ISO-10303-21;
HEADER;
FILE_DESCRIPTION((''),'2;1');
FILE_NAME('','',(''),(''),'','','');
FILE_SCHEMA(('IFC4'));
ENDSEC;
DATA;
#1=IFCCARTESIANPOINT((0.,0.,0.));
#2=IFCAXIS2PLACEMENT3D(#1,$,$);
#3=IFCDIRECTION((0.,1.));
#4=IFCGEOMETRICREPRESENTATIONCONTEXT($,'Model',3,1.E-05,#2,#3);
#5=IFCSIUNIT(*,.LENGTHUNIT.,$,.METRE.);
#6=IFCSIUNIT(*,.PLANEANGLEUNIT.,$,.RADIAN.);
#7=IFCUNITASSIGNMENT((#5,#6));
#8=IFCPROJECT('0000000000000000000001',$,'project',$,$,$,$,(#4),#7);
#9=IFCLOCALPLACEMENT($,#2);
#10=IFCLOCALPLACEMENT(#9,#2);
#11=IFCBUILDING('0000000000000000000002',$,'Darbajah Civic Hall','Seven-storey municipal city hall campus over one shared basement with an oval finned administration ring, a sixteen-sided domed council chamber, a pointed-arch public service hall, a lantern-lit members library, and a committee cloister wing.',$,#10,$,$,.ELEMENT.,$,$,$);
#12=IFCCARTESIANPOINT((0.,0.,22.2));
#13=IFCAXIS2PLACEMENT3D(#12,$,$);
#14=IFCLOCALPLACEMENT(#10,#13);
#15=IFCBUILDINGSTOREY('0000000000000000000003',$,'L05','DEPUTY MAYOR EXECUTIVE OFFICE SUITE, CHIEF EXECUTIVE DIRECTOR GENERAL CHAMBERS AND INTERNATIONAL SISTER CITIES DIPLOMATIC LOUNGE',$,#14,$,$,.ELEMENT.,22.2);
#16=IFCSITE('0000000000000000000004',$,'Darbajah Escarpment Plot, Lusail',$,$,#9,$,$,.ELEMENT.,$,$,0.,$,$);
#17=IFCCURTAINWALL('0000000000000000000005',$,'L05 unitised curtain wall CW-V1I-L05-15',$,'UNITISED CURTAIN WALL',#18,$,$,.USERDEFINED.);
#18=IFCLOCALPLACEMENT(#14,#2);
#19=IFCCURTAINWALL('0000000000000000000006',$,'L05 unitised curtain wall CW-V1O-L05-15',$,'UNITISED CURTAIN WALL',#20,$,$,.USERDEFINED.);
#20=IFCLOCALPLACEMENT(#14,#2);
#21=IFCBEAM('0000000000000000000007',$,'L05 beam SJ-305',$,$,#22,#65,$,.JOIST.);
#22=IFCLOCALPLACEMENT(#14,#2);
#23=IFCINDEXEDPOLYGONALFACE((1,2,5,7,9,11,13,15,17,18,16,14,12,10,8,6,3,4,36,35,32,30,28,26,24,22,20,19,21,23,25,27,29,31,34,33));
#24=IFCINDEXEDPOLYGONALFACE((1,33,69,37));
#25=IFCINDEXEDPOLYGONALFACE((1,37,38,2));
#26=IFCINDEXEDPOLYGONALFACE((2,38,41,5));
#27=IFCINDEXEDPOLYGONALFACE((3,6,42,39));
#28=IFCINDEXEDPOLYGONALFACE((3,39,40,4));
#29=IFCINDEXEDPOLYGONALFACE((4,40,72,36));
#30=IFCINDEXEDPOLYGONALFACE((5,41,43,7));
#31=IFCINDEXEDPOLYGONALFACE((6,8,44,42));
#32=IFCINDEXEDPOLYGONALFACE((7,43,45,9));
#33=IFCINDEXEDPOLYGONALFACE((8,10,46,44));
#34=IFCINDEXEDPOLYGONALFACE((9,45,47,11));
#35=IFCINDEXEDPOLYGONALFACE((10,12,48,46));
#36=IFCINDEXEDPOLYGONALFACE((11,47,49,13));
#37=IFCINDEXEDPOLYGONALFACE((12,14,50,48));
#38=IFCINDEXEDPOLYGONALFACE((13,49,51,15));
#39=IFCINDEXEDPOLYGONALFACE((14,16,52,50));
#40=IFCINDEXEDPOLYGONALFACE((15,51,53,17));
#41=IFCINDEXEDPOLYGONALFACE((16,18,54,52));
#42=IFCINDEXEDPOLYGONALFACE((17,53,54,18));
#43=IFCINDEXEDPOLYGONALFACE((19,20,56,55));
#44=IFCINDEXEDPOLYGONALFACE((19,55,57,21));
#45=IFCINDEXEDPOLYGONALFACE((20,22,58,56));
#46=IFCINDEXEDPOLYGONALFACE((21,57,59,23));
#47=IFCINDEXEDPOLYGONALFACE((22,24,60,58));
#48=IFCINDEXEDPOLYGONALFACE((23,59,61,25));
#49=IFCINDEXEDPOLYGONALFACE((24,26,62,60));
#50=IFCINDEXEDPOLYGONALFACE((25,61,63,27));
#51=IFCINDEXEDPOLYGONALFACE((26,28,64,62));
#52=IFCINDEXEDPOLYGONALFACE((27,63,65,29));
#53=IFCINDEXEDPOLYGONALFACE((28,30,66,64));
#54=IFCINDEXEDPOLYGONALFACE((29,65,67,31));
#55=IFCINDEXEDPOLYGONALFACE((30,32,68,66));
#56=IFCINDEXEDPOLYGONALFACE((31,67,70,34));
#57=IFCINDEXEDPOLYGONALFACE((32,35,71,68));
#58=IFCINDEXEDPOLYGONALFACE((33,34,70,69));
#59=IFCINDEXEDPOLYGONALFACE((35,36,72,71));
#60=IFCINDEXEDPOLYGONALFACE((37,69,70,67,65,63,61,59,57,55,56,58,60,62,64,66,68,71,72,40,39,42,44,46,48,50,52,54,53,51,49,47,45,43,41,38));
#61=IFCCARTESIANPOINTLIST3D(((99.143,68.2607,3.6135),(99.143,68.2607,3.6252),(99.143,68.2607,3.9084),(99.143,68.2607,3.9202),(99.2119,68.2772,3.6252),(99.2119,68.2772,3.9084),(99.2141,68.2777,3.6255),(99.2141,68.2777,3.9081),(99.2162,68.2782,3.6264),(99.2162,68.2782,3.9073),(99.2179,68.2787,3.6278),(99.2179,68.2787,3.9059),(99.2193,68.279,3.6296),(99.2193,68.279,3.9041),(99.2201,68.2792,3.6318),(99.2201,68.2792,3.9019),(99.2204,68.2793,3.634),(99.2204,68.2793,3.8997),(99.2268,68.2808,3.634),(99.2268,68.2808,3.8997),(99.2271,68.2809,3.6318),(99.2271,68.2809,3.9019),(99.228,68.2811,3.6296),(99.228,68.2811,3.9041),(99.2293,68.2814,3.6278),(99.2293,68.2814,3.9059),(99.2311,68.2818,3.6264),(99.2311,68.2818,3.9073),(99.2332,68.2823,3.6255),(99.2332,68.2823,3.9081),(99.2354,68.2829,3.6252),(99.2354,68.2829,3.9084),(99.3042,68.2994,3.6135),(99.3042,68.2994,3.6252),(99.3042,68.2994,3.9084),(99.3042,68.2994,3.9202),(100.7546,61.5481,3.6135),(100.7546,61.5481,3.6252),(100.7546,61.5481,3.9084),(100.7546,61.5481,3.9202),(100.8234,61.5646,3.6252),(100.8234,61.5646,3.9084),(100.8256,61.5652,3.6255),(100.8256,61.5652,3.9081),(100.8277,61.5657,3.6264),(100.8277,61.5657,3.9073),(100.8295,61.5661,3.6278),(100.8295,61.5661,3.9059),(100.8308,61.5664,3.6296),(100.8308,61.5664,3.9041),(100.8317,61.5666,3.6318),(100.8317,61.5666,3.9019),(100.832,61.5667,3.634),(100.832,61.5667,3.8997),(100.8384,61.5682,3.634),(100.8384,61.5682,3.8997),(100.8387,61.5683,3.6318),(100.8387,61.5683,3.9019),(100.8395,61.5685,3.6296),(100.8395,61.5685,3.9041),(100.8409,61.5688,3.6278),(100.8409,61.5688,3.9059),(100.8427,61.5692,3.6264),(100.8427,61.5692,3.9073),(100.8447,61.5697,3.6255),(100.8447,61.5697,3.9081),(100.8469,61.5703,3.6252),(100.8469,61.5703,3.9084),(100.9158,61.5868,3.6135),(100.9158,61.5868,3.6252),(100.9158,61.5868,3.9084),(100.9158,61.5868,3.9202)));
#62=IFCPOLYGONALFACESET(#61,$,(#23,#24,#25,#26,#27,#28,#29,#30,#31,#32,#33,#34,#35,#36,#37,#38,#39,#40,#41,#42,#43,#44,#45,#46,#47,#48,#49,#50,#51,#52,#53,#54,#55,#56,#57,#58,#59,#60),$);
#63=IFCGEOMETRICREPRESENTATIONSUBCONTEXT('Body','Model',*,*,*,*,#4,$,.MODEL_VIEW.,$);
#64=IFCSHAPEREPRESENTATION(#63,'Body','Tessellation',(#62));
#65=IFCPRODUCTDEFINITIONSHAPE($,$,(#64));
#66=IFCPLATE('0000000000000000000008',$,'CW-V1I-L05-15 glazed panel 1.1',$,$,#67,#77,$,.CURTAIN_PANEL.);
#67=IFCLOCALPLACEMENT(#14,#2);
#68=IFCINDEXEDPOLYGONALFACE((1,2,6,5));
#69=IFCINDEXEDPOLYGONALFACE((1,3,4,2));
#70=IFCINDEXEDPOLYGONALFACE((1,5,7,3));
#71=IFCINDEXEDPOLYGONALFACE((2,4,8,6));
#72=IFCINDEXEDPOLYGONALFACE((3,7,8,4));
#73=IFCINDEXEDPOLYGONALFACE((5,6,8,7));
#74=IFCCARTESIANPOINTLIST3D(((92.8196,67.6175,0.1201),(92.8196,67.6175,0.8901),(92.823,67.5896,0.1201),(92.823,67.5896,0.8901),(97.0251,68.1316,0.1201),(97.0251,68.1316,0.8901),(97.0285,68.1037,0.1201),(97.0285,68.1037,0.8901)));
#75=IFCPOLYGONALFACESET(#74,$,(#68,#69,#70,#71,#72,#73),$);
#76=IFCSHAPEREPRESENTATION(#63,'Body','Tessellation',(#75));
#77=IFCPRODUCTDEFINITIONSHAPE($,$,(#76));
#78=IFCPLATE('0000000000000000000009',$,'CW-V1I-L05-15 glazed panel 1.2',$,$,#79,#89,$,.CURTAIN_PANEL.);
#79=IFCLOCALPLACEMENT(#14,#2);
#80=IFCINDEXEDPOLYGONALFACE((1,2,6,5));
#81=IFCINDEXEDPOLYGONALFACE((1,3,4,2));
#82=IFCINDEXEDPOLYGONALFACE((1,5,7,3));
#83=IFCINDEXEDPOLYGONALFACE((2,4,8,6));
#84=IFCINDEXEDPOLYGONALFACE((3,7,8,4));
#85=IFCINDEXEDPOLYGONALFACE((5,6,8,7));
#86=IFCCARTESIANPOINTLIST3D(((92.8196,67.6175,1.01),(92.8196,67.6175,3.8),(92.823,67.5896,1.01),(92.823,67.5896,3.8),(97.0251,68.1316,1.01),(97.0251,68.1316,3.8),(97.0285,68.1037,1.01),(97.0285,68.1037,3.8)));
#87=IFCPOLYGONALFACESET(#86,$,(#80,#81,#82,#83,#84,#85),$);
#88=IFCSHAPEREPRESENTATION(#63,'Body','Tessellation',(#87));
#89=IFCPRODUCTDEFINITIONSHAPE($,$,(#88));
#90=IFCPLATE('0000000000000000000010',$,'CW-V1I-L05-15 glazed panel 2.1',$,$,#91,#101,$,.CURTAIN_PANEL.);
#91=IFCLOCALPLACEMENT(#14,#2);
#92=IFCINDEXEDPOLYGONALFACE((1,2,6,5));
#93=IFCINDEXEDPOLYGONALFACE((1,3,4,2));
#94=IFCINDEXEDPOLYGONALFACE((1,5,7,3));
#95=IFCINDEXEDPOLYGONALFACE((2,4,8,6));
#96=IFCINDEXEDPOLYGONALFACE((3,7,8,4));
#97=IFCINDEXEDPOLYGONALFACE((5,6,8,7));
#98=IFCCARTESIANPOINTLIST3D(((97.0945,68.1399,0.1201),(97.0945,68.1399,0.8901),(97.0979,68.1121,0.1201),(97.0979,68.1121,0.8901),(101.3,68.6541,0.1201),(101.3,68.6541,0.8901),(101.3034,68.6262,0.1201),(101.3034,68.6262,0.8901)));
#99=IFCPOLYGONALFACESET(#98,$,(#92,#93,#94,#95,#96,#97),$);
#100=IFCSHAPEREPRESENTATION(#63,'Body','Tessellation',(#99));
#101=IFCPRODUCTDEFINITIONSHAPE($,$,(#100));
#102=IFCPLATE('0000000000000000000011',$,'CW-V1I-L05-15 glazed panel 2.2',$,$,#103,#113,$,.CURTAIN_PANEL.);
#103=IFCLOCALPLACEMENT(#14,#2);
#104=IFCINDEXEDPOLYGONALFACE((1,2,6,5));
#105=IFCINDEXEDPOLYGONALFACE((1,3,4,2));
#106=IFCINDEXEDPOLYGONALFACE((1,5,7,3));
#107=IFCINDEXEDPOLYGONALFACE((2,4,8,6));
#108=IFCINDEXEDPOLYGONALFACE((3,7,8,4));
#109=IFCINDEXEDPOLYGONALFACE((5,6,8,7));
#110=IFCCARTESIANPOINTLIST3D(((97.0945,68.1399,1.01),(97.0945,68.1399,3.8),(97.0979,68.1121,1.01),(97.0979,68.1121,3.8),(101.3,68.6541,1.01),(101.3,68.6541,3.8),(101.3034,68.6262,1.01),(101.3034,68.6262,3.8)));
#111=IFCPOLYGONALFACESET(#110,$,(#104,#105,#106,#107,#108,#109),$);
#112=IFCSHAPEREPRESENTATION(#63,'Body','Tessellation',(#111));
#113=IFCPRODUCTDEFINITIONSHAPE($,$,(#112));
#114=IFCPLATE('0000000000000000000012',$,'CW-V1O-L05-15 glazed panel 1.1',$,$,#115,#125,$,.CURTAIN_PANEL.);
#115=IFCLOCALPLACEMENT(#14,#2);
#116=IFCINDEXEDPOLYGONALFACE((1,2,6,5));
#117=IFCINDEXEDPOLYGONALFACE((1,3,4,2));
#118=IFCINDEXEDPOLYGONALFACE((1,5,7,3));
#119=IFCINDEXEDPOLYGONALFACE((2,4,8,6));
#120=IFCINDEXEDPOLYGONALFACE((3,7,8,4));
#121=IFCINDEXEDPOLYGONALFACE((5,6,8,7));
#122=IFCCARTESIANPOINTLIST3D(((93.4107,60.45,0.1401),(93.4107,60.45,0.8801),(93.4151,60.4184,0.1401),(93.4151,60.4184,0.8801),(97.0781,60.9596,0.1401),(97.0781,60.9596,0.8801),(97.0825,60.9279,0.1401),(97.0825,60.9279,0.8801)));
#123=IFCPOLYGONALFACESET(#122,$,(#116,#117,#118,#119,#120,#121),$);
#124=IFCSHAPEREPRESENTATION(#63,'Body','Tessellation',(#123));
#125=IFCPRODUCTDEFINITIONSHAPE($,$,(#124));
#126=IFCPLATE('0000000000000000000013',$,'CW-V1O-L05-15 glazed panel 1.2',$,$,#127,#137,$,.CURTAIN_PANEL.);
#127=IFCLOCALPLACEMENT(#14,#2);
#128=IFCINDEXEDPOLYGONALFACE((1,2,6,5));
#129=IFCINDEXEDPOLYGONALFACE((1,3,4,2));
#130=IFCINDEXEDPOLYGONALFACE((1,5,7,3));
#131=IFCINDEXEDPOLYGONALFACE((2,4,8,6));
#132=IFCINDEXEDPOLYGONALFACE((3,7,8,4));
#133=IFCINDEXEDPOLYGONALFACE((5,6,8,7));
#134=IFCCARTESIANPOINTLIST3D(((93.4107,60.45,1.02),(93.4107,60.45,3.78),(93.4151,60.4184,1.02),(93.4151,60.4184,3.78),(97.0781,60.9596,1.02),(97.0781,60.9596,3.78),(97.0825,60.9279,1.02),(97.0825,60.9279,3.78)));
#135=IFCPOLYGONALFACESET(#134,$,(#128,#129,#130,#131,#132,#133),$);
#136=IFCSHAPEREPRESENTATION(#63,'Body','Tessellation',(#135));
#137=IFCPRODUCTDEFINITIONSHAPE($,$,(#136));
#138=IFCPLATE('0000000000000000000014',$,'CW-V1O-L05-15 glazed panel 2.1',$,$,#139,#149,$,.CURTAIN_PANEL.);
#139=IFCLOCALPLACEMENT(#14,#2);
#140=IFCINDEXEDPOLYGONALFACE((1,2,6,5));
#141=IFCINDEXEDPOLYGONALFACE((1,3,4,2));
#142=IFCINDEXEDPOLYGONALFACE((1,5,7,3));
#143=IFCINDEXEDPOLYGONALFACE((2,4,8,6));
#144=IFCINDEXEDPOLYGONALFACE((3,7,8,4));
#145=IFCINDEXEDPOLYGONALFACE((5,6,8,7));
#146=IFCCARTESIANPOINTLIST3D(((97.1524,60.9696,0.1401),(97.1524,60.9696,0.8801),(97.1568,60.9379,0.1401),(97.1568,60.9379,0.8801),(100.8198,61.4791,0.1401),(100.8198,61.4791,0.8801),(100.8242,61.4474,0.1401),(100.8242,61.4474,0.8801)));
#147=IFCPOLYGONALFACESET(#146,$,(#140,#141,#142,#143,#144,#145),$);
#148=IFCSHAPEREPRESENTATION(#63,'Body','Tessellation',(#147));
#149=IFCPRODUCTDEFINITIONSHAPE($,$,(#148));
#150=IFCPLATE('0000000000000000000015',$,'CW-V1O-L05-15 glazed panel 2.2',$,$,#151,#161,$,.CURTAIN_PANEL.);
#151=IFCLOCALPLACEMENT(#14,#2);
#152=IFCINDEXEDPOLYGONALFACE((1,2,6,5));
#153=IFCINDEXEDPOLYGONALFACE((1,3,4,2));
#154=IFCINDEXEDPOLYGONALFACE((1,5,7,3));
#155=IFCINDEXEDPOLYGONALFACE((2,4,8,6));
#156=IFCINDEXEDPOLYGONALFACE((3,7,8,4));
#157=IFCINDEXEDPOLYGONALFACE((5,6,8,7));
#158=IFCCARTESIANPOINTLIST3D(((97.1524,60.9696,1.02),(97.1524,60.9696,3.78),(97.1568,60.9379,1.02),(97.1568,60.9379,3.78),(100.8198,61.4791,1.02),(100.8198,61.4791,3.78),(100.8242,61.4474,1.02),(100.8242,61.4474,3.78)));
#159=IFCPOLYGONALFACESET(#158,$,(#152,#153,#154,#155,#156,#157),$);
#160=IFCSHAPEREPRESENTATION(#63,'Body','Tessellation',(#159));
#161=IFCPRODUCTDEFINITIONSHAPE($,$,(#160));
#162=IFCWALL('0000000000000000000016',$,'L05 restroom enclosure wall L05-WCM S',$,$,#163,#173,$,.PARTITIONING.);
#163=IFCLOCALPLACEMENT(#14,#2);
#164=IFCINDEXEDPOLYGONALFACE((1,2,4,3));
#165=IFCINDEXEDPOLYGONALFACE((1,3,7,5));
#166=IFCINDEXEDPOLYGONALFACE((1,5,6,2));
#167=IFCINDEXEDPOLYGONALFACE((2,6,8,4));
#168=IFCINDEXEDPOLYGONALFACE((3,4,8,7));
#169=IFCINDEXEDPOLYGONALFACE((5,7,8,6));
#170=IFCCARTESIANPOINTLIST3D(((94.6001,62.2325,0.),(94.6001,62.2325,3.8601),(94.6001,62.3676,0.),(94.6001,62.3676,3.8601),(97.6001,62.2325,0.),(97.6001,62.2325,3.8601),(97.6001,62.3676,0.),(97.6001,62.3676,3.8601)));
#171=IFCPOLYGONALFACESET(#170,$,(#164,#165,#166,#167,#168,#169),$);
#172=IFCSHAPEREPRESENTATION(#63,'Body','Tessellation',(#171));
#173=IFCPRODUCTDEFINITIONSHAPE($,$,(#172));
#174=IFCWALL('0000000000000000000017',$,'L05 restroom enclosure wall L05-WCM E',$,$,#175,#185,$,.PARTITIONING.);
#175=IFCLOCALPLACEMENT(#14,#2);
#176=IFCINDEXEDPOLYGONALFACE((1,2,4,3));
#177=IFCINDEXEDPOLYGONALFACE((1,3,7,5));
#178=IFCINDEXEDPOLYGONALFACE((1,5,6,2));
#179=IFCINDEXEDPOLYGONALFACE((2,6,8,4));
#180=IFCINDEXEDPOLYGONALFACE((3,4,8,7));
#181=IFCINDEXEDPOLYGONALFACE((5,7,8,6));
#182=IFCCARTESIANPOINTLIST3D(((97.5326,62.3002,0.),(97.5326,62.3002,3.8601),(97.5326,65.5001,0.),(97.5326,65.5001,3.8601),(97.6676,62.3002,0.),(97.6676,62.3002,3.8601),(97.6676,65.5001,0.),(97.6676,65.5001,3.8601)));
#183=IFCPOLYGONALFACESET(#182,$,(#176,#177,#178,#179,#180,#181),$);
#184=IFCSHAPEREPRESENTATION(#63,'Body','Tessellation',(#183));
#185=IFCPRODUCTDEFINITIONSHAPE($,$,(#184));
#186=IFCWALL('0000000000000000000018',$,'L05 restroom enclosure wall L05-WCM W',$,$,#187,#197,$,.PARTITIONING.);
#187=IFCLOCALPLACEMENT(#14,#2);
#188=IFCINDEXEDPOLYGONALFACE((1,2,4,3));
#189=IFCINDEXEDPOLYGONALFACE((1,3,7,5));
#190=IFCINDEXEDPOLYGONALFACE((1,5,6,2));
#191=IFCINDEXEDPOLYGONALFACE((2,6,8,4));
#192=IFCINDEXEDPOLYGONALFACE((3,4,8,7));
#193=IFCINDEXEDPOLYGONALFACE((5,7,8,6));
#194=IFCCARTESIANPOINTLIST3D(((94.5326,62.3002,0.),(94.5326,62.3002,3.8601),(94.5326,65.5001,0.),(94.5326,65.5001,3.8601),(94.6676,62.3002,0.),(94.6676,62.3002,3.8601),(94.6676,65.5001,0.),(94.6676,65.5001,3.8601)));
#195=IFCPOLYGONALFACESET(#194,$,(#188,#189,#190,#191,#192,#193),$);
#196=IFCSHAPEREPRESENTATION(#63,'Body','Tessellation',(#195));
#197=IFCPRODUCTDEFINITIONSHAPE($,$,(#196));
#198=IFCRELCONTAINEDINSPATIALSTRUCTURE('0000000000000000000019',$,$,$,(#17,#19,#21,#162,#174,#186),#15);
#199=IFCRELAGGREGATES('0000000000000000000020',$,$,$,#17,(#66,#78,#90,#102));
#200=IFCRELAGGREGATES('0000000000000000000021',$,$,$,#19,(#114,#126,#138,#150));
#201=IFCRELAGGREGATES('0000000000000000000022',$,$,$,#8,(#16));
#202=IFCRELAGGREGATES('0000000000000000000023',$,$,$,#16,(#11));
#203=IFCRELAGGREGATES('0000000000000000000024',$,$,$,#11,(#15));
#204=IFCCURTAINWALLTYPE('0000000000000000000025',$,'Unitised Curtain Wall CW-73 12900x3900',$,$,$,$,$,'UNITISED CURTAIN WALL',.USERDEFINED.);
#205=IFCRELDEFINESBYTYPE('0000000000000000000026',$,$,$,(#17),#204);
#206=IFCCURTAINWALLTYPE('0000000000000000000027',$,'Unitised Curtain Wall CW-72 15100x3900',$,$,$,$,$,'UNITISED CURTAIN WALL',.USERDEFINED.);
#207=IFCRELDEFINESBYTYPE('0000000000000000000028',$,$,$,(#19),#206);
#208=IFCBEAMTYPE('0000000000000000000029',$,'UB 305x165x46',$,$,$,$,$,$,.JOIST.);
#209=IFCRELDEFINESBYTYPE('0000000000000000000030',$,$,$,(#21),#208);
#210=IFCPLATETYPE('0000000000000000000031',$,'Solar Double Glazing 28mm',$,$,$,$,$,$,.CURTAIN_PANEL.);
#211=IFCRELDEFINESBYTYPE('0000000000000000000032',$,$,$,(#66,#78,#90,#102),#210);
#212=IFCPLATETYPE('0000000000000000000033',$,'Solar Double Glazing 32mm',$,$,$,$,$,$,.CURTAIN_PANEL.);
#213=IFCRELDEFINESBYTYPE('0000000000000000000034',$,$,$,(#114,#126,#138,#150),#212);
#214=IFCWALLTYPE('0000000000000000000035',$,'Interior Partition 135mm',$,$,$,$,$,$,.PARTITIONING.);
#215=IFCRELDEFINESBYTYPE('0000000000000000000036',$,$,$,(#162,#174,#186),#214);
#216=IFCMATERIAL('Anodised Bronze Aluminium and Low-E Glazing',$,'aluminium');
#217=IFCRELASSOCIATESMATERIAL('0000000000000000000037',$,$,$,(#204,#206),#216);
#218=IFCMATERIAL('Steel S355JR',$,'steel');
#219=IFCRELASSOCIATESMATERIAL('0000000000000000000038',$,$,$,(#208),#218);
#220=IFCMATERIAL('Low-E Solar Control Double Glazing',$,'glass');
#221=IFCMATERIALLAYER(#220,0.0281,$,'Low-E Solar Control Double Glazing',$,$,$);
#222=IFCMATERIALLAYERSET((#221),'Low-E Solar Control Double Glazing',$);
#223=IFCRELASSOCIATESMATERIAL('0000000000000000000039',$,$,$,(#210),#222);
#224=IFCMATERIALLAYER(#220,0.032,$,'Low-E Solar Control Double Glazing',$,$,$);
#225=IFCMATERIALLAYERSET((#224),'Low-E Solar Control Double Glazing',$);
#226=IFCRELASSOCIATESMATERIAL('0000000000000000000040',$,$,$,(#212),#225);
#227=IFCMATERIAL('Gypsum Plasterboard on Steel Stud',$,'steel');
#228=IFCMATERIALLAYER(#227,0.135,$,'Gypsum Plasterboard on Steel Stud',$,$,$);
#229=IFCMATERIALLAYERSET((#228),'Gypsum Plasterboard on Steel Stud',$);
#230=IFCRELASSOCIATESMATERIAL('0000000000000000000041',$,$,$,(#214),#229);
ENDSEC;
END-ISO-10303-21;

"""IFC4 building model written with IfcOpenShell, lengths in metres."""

from ifc_helpers import new_model, si_unit, direction, frame, frame_2d, origin, origin_2d, place, context, subcontext, project, spatial, rectangle, i_section, extrude, material, layer, layer_set, material_profile, profile_set, type_object, element, aggregate, save


model = new_model("IFC4")

# Units and contexts
model_context = context("Model", 3, precision=1e-05, world=origin(), true_north=direction((0.0, 1.0)))
body_context = subcontext(model_context, "Body", "Model", "MODEL_VIEW")
ifc_project = project(units=[si_unit("LENGTHUNIT", "METRE"), si_unit("PLANEANGLEUNIT", "RADIAN")], contexts=[model_context])

# Site, building, storey
site_placement = place(None, origin())
site = spatial("IfcSite", under=ifc_project, at=site_placement, Name="Darbajah Escarpment Plot, Lusail", CompositionType="ELEMENT", RefElevation=0.0)
building_placement = place(site_placement, origin())
building = spatial("IfcBuilding", under=site, at=building_placement, Name="Darbajah Civic Hall", Description="Seven-storey municipal city hall campus over one shared basement with an oval finned administration ring, a sixteen-sided domed council chamber, a pointed-arch public service hall, a lantern-lit members library, and a committee cloister wing.", CompositionType="ELEMENT")
storey_placement = place(building_placement, frame((0.0, 0.0, 22.2)))
storey = spatial("IfcBuildingStorey", under=building, at=storey_placement, Name="L05", Description="DEPUTY MAYOR EXECUTIVE OFFICE SUITE, CHIEF EXECUTIVE DIRECTOR GENERAL CHAMBERS AND INTERNATIONAL SISTER CITIES DIPLOMATIC LOUNGE", CompositionType="ELEMENT", Elevation=22.2)

# Curtain walls
ifc_material_1 = material(Name="Anodised Bronze Aluminium and Low-E Glazing", Category="aluminium")
curtain_wall_type_1 = type_object("IfcCurtainWallType", Name="Unitised Curtain Wall CW-73 12900x3900", ElementType="UNITISED CURTAIN WALL", PredefinedType="USERDEFINED", material=ifc_material_1)
curtain_wall_1_placement = place(storey_placement, origin())
curtain_wall_1 = element("IfcCurtainWall", 1, at=curtain_wall_1_placement, inside=storey, type_object=curtain_wall_type_1, Name="L05 unitised curtain wall CW-V1I-L05-15", ObjectType="UNITISED CURTAIN WALL", PredefinedType="USERDEFINED")
curtain_wall_type_2 = type_object("IfcCurtainWallType", Name="Unitised Curtain Wall CW-72 15100x3900", ElementType="UNITISED CURTAIN WALL", PredefinedType="USERDEFINED", material=ifc_material_1)
curtain_wall_2_placement = place(storey_placement, origin())
curtain_wall_2 = element("IfcCurtainWall", 2, at=curtain_wall_2_placement, inside=storey, type_object=curtain_wall_type_2, Name="L05 unitised curtain wall CW-V1O-L05-15", ObjectType="UNITISED CURTAIN WALL", PredefinedType="USERDEFINED")

# Beam
ifc_material_2 = material(Name="Steel S355JR", Category="steel")
ifc_material_profile_1 = material_profile(ifc_material_2, i_section(OverallWidth=0.1658, OverallDepth=0.3066, WebThickness=0.0066, FlangeThickness=0.0117, FilletRadius=0.0088, at=origin_2d()), Name="UB 305x165x46")
ifc_profile_set_1 = profile_set([ifc_material_profile_1], Name="Steel S355JR")
beam_type = type_object("IfcBeamType", Name="UB 305x165x46", PredefinedType="JOIST", material=ifc_profile_set_1)
beam_placement = place(storey_placement, frame((99.2236, 68.28, 3.7668), z_axis=(0.233447, -0.97237, 0.0), x_axis=(0.97237, 0.233447, 0.0)))
element("IfcBeam", 3, at=beam_placement, inside=storey, type_object=beam_type, Name="L05 beam SJ-305", PredefinedType="JOIST", context=body_context, shape_type="SweptSolid", body=[
    extrude(i_section(OverallWidth=0.1658, OverallDepth=0.3066, WebThickness=0.0066, FlangeThickness=0.0117, FilletRadius=0.0088, at=origin_2d()), origin(), (0.0, 0.0, 1.0), 6.9033),
])

# Plates
ifc_material_3 = material(Name="Low-E Solar Control Double Glazing", Category="glass")
ifc_layer_1 = layer(ifc_material_3, 0.0281, Name="Low-E Solar Control Double Glazing")
ifc_layer_set_1 = layer_set([ifc_layer_1], Name="Low-E Solar Control Double Glazing")
plate_type_1 = type_object("IfcPlateType", Name="Solar Double Glazing 28mm", PredefinedType="CURTAIN_PANEL", material=ifc_layer_set_1)
plate_1_placement = place(storey_placement, frame((94.9241, 67.8606, 0.1201), z_axis=(0.0, 0.0, 1.0), x_axis=(0.99261, 0.12135, 0.0)))
plate_1 = element("IfcPlate", 4, at=plate_1_placement, type_object=plate_type_1, Name="CW-V1I-L05-15 glazed panel 1.1", PredefinedType="CURTAIN_PANEL", context=body_context, shape_type="SweptSolid", body=[
    extrude(rectangle(XDim=4.2368, YDim=0.0281, at=origin_2d()), origin(), (0.0, 0.0, 1.0), 0.77),
])
plate_2_placement = place(storey_placement, frame((94.9241, 67.8606, 1.01), z_axis=(0.0, 0.0, 1.0), x_axis=(0.99261, 0.12135, 0.0)))
plate_2 = element("IfcPlate", 5, at=plate_2_placement, type_object=plate_type_1, Name="CW-V1I-L05-15 glazed panel 1.2", PredefinedType="CURTAIN_PANEL", context=body_context, shape_type="SweptSolid", body=[
    extrude(rectangle(XDim=4.2368, YDim=0.0281, at=origin_2d()), origin(), (0.0, 0.0, 1.0), 2.79),
])
plate_3_placement = place(storey_placement, frame((99.199, 68.3831, 0.1201), z_axis=(0.0, 0.0, 1.0), x_axis=(0.99261, 0.12135, 0.0)))
plate_3 = element("IfcPlate", 6, at=plate_3_placement, type_object=plate_type_1, Name="CW-V1I-L05-15 glazed panel 2.1", PredefinedType="CURTAIN_PANEL", context=body_context, shape_type="SweptSolid", body=[
    extrude(rectangle(XDim=4.2368, YDim=0.0281, at=origin_2d()), origin(), (0.0, 0.0, 1.0), 0.77),
])
plate_4_placement = place(storey_placement, frame((99.199, 68.3831, 1.01), z_axis=(0.0, 0.0, 1.0), x_axis=(0.99261, 0.12135, 0.0)))
plate_4 = element("IfcPlate", 7, at=plate_4_placement, type_object=plate_type_1, Name="CW-V1I-L05-15 glazed panel 2.2", PredefinedType="CURTAIN_PANEL", context=body_context, shape_type="SweptSolid", body=[
    extrude(rectangle(XDim=4.2368, YDim=0.0281, at=origin_2d()), origin(), (0.0, 0.0, 1.0), 2.79),
])
aggregate(curtain_wall_1, [plate_1, plate_2, plate_3, plate_4])
ifc_layer_2 = layer(ifc_material_3, 0.032, Name="Low-E Solar Control Double Glazing")
ifc_layer_set_2 = layer_set([ifc_layer_2], Name="Low-E Solar Control Double Glazing")
plate_type_2 = type_object("IfcPlateType", Name="Solar Double Glazing 32mm", PredefinedType="CURTAIN_PANEL", material=ifc_layer_set_2)
plate_5_placement = place(storey_placement, frame((95.2466, 60.689, 0.1401), z_axis=(0.0, 0.0, 1.0), x_axis=(0.990485, 0.137617, 0.0)))
plate_5 = element("IfcPlate", 8, at=plate_5_placement, type_object=plate_type_2, Name="CW-V1O-L05-15 glazed panel 1.1", PredefinedType="CURTAIN_PANEL", context=body_context, shape_type="SweptSolid", body=[
    extrude(rectangle(XDim=3.7026, YDim=0.032, at=origin_2d()), origin(), (0.0, 0.0, 1.0), 0.74),
])
plate_6_placement = place(storey_placement, frame((95.2466, 60.689, 1.02), z_axis=(0.0, 0.0, 1.0), x_axis=(0.990485, 0.137617, 0.0)))
plate_6 = element("IfcPlate", 9, at=plate_6_placement, type_object=plate_type_2, Name="CW-V1O-L05-15 glazed panel 1.2", PredefinedType="CURTAIN_PANEL", context=body_context, shape_type="SweptSolid", body=[
    extrude(rectangle(XDim=3.7026, YDim=0.032, at=origin_2d()), origin(), (0.0, 0.0, 1.0), 2.76),
])
plate_7_placement = place(storey_placement, frame((98.9883, 61.2085, 0.1401), z_axis=(0.0, 0.0, 1.0), x_axis=(0.990485, 0.137617, 0.0)))
plate_7 = element("IfcPlate", 10, at=plate_7_placement, type_object=plate_type_2, Name="CW-V1O-L05-15 glazed panel 2.1", PredefinedType="CURTAIN_PANEL", context=body_context, shape_type="SweptSolid", body=[
    extrude(rectangle(XDim=3.7026, YDim=0.032, at=origin_2d()), origin(), (0.0, 0.0, 1.0), 0.74),
])
plate_8_placement = place(storey_placement, frame((98.9883, 61.2085, 1.02), z_axis=(0.0, 0.0, 1.0), x_axis=(0.990485, 0.137617, 0.0)))
plate_8 = element("IfcPlate", 11, at=plate_8_placement, type_object=plate_type_2, Name="CW-V1O-L05-15 glazed panel 2.2", PredefinedType="CURTAIN_PANEL", context=body_context, shape_type="SweptSolid", body=[
    extrude(rectangle(XDim=3.7026, YDim=0.032, at=origin_2d()), origin(), (0.0, 0.0, 1.0), 2.76),
])
aggregate(curtain_wall_2, [plate_5, plate_6, plate_7, plate_8])

# Walls
ifc_material_4 = material(Name="Gypsum Plasterboard on Steel Stud", Category="steel")
ifc_layer_3 = layer(ifc_material_4, 0.135, Name="Gypsum Plasterboard on Steel Stud")
ifc_layer_set_3 = layer_set([ifc_layer_3], Name="Gypsum Plasterboard on Steel Stud")
wall_type_1 = type_object("IfcWallType", Name="Interior Partition 135mm", PredefinedType="PARTITIONING", material=ifc_layer_set_3)
wall_1_placement = place(storey_placement, frame((94.6001, 62.3, 0.0), z_axis=(0.0, 0.0, 1.0), x_axis=(1.0, 0.0, 0.0)))
element("IfcWall", 12, at=wall_1_placement, inside=storey, type_object=wall_type_1, Name="L05 restroom enclosure wall L05-WCM S", PredefinedType="PARTITIONING", context=body_context, shape_type="SweptSolid", body=[
    extrude(rectangle(XDim=3.0, YDim=0.135, at=frame_2d((1.5, 0.0))), origin(), (0.0, 0.0, 1.0), 3.8601),
])
for number, where, z_axis, x_axis, name in (
    (13, (97.6001, 62.3, 0.0), (0.0, 0.0, 1.0), (0.0, 1.0, 0.0), "L05 restroom enclosure wall L05-WCM E"),
    (14, (94.6001, 62.3, 0.0), (0.0, 0.0, 1.0), (0.0, 1.0, 0.0), "L05 restroom enclosure wall L05-WCM W"),
):
    element("IfcWall", number, at=place(storey_placement, frame(where, z_axis=z_axis, x_axis=x_axis)), inside=storey, type_object=wall_type_1, Name=name, PredefinedType="PARTITIONING", context=body_context, shape_type="SweptSolid", body=[
        extrude(rectangle(XDim=3.2, YDim=0.135, at=frame_2d((1.6001, 0.0))), origin(), (0.0, 0.0, 1.0), 3.8601),
    ])

save(model, "model.ifc")
